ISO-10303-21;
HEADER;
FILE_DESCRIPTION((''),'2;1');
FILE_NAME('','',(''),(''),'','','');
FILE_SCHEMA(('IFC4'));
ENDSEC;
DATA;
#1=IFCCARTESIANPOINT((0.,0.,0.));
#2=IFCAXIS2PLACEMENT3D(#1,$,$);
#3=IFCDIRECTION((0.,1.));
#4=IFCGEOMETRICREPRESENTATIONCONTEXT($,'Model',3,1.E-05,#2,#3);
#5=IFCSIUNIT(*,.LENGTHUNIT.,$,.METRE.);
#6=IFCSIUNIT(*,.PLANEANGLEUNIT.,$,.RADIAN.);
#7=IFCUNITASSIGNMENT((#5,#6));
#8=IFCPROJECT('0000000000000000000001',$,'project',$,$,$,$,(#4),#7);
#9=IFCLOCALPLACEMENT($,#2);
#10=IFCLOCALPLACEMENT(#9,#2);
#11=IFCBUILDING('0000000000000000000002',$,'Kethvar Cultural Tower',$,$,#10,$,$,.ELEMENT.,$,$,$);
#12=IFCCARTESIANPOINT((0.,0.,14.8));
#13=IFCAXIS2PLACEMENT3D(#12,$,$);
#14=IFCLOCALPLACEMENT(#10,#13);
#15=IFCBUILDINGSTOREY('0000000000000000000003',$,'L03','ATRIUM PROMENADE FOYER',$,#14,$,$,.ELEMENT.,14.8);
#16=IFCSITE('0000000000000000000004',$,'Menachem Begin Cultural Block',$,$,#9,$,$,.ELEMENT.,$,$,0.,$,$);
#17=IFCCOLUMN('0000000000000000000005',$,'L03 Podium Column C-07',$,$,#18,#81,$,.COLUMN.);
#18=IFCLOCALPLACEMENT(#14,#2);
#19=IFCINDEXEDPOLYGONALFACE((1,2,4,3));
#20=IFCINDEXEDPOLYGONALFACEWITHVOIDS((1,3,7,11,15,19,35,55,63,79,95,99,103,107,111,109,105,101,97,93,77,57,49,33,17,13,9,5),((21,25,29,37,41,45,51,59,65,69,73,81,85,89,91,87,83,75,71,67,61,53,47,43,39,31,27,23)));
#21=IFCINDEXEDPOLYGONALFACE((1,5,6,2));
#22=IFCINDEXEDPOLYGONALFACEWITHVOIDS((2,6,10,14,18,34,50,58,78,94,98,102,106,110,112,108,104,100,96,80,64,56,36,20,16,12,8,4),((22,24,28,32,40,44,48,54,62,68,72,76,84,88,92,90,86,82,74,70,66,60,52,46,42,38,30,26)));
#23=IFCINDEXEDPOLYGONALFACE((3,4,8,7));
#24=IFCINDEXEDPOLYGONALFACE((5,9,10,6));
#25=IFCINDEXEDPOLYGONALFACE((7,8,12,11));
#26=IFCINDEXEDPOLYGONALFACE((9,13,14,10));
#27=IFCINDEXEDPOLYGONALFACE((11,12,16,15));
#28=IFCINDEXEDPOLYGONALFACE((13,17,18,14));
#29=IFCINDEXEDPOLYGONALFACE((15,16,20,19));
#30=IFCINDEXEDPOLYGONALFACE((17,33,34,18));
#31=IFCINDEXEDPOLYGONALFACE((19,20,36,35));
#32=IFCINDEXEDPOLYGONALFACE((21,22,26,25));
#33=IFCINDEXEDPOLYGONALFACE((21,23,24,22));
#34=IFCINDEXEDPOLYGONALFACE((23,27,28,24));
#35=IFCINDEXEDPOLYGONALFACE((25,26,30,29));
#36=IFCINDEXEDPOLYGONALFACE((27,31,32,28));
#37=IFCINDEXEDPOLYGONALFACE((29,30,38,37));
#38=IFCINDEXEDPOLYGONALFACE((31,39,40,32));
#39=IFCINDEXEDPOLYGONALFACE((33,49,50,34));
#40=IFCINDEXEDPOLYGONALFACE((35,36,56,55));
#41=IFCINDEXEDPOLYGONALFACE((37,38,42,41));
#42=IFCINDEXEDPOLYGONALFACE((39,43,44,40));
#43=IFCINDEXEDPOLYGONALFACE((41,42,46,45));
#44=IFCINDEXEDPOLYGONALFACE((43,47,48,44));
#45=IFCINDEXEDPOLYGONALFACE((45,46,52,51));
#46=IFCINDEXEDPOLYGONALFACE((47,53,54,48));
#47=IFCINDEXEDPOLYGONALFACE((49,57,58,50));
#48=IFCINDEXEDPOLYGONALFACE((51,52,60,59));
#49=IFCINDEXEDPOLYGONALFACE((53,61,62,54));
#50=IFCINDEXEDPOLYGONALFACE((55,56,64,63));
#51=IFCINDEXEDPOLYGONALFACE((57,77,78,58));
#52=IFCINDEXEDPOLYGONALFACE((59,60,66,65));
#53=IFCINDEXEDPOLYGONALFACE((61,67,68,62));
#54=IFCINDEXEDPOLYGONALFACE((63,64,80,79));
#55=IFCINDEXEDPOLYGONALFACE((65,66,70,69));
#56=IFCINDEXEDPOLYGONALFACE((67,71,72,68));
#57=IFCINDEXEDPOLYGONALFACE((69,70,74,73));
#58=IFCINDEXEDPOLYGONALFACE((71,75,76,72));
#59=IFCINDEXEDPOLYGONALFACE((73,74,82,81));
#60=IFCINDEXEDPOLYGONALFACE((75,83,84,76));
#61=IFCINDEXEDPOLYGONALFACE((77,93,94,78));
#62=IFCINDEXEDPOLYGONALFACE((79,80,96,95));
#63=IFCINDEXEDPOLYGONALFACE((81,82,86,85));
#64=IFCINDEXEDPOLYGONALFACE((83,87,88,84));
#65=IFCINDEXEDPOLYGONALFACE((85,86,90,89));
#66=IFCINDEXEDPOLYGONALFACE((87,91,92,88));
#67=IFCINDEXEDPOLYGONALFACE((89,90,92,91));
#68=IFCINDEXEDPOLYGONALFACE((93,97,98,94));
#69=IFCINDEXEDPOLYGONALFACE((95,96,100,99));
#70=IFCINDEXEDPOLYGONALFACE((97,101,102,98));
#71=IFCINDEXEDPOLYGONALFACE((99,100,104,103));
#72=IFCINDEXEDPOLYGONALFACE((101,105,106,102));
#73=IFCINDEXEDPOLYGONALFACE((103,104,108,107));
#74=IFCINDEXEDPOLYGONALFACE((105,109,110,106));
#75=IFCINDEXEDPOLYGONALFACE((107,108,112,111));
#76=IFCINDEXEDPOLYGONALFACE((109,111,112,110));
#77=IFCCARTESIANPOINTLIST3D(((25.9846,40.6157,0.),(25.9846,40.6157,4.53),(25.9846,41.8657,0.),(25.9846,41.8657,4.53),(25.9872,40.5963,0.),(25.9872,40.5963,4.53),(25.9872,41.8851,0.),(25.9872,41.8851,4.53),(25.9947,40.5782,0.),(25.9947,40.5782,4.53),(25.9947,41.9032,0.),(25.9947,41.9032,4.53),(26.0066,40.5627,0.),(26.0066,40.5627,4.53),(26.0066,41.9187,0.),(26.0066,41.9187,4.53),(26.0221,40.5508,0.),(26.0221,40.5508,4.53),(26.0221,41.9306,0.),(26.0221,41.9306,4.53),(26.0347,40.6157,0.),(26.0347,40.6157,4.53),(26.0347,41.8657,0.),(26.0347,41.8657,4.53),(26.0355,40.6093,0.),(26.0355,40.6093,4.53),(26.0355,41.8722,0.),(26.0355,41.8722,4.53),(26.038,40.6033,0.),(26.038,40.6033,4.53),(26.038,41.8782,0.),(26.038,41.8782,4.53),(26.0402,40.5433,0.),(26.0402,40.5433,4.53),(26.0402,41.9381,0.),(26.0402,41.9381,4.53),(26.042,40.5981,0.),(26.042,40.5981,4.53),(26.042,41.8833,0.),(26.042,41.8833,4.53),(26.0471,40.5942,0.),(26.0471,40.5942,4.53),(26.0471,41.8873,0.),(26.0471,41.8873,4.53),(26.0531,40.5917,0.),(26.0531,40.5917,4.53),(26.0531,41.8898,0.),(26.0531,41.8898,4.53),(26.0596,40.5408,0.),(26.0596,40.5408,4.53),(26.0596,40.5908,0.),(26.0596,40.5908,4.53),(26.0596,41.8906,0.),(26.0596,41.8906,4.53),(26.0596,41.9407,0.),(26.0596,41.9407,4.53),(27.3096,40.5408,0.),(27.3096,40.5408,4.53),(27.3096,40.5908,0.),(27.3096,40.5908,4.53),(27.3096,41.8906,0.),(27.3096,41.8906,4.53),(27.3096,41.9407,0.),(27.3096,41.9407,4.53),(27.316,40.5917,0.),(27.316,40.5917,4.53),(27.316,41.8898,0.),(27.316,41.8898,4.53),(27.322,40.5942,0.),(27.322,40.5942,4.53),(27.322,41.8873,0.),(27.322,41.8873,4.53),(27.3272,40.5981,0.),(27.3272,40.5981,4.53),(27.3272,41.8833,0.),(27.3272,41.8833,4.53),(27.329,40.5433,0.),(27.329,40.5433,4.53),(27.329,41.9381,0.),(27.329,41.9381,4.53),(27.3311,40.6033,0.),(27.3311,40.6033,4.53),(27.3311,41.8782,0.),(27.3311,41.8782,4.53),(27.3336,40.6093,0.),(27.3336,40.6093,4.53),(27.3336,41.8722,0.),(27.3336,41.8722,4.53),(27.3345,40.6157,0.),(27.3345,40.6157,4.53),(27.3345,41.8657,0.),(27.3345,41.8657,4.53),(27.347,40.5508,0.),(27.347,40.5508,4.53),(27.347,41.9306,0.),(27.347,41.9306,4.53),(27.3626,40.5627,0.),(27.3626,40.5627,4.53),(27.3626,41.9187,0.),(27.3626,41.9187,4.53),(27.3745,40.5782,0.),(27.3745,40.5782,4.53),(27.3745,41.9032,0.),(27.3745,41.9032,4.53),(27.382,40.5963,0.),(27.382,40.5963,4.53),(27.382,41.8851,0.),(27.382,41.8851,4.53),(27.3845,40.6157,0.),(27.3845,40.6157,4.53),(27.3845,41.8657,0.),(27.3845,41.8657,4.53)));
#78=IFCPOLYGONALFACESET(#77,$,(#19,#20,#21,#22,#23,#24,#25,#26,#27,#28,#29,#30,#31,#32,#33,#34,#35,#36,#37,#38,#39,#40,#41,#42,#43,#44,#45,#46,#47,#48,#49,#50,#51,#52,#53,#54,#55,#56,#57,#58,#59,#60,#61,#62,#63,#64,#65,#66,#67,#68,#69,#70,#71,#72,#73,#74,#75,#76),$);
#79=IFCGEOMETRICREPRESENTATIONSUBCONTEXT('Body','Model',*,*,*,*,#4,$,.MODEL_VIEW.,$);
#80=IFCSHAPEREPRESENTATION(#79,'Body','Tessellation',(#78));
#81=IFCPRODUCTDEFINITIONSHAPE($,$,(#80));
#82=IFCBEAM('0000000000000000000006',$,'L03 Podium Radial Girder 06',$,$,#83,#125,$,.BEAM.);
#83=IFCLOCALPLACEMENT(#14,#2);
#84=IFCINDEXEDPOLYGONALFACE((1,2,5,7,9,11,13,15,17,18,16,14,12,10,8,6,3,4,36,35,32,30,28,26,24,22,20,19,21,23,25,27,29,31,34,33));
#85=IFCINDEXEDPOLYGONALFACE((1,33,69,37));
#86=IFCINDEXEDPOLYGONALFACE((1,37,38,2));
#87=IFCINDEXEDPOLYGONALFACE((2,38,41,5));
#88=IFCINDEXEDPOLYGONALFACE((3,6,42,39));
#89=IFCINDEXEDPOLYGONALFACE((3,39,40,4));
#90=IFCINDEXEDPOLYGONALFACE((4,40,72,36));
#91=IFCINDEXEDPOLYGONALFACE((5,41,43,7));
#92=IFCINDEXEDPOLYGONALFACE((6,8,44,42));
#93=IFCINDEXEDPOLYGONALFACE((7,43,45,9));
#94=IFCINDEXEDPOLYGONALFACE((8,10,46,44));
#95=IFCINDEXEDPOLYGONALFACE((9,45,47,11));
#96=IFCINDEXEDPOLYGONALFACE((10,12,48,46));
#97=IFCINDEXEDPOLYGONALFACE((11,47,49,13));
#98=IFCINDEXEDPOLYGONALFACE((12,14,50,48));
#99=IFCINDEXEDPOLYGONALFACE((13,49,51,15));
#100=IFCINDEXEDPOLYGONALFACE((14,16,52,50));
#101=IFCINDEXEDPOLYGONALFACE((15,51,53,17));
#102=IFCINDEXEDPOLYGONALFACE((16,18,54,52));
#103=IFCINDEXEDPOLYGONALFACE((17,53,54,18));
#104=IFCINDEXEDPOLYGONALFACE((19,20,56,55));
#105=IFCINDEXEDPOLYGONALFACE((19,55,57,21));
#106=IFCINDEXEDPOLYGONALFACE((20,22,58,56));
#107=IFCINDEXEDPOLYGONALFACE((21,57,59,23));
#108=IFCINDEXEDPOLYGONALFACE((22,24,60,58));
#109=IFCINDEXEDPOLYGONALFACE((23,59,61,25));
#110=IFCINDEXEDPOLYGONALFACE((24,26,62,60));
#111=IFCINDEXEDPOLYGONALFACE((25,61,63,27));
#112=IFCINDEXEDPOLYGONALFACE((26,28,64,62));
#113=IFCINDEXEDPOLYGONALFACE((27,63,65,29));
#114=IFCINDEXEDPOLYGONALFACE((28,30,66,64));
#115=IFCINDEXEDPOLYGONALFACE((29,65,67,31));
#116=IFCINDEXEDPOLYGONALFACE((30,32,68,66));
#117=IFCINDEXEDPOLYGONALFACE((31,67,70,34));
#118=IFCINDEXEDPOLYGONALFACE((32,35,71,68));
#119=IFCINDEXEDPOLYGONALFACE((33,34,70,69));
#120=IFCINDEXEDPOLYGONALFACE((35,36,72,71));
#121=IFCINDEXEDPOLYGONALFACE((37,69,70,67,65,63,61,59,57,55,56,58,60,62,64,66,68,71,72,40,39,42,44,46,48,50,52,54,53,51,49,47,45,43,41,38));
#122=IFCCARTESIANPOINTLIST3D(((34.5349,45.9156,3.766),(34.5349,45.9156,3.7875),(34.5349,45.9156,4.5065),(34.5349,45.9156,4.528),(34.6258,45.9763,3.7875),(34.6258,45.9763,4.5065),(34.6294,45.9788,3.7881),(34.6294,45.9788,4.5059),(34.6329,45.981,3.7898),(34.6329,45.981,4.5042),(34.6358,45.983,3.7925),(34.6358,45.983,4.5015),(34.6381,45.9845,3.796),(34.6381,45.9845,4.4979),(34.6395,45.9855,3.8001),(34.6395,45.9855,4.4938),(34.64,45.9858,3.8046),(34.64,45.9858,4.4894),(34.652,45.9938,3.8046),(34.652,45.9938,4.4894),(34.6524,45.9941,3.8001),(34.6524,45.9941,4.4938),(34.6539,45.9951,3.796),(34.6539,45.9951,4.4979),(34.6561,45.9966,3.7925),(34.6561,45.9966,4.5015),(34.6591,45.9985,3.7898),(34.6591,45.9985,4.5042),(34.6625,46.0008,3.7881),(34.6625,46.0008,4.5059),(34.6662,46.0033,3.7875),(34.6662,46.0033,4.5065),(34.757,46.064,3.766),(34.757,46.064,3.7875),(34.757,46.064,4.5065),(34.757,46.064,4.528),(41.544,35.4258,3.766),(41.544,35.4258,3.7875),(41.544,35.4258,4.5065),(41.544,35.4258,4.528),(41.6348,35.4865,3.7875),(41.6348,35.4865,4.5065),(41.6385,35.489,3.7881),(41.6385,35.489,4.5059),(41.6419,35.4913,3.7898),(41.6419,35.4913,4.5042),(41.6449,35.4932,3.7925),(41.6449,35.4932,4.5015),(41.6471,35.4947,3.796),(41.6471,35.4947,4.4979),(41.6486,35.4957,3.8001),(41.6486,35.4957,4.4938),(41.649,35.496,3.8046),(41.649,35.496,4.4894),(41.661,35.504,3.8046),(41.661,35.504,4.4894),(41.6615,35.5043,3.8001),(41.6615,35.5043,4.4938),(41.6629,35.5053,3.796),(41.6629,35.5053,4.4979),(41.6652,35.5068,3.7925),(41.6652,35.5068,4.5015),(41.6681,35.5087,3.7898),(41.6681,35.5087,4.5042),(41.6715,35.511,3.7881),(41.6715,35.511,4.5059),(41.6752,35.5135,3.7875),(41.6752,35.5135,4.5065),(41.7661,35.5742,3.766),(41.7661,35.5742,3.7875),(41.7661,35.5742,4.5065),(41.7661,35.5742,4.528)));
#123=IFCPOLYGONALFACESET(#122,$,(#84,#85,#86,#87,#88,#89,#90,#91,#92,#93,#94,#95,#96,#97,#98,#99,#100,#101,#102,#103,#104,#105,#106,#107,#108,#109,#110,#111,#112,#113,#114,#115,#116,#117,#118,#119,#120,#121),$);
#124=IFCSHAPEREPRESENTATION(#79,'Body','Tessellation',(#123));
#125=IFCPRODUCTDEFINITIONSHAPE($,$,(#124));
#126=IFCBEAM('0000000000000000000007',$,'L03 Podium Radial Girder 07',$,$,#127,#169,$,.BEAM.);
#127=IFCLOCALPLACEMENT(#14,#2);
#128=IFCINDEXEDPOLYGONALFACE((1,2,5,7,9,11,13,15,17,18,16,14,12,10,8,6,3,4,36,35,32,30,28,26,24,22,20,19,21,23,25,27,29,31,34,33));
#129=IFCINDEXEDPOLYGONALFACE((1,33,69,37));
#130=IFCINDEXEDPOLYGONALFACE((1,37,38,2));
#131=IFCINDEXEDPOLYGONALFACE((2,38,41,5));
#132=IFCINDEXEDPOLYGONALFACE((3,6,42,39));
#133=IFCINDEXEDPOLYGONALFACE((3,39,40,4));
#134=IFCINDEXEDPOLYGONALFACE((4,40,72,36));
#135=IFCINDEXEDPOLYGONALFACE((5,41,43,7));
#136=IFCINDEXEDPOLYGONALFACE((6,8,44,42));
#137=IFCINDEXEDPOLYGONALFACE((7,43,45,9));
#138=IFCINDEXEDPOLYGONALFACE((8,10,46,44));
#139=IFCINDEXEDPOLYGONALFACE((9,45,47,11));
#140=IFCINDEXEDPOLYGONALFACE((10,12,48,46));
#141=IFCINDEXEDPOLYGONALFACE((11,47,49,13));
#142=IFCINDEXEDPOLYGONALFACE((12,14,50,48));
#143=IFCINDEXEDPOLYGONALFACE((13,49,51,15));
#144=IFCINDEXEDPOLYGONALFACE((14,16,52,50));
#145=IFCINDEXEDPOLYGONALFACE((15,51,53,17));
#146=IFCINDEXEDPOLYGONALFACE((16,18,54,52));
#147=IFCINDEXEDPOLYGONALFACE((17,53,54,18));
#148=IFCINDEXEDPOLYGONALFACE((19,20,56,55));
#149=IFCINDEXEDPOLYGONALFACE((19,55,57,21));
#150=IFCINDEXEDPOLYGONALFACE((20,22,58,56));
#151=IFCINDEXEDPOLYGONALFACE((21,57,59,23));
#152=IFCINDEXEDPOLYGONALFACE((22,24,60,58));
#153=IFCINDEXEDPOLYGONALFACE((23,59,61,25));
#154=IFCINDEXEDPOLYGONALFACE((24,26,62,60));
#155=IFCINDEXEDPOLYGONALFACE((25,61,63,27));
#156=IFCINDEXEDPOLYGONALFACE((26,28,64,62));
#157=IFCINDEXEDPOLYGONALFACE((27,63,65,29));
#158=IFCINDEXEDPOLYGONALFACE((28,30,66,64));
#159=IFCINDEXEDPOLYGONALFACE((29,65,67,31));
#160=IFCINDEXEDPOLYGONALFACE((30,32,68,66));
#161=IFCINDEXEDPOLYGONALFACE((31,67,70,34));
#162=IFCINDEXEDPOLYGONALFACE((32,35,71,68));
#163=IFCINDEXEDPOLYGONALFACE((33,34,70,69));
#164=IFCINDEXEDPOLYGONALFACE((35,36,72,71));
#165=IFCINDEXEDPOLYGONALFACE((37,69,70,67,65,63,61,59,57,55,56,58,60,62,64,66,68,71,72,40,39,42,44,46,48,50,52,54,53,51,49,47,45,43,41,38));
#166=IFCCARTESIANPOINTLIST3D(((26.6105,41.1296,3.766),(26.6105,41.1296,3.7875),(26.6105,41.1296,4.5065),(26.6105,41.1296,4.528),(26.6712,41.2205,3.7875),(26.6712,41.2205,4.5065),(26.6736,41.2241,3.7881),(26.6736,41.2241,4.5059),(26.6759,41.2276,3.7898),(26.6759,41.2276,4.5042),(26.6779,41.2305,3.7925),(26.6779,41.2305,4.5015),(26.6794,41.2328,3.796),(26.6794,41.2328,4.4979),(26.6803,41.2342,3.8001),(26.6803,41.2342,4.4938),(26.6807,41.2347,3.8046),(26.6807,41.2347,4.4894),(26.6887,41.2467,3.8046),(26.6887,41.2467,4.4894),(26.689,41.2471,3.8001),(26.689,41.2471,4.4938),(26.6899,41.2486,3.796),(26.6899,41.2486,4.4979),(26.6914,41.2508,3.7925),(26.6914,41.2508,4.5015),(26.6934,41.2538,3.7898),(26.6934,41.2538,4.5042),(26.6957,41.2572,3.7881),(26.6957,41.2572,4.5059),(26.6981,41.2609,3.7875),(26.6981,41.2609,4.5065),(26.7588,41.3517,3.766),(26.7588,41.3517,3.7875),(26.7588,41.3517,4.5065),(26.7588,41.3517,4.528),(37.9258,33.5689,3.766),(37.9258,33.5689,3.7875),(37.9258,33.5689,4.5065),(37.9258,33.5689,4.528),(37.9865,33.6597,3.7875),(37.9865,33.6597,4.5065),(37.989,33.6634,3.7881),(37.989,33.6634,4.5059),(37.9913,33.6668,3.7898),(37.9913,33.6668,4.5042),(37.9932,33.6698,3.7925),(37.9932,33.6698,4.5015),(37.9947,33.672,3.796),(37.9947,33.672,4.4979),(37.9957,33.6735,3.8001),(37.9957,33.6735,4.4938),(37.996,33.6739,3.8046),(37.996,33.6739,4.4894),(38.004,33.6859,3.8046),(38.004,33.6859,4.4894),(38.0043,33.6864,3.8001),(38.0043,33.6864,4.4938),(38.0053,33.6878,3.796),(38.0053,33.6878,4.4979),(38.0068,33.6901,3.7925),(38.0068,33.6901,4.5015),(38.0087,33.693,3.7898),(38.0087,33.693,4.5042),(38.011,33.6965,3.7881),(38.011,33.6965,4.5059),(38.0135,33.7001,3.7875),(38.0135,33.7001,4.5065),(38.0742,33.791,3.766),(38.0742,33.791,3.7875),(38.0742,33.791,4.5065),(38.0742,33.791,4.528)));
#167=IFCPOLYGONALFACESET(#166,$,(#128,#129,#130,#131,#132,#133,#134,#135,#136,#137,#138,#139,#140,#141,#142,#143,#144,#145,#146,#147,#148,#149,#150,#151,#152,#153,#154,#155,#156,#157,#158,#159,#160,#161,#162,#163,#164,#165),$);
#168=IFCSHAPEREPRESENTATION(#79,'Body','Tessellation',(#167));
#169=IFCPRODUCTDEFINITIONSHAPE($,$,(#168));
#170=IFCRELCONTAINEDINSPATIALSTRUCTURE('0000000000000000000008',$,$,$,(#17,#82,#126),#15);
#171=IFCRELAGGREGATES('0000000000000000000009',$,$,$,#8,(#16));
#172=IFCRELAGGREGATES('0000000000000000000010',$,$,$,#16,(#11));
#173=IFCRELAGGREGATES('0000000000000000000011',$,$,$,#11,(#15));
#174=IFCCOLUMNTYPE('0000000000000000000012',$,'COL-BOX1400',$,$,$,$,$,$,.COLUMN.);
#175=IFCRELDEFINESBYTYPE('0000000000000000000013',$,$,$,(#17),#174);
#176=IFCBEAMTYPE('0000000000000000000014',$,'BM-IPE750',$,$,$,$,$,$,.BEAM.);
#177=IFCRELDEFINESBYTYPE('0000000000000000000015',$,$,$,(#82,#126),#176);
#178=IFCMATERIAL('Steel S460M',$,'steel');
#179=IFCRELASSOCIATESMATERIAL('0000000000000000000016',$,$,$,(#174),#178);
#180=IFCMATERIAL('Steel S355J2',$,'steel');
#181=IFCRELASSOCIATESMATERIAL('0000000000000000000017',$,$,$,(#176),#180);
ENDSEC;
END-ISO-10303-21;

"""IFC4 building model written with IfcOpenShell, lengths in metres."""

from ifc_helpers import new_model, si_unit, direction, frame, origin, origin_2d, place, context, subcontext, project, spatial, hollow_rectangle, i_section, extrude, source, transform, mapped, material, material_profile, profile_set, type_object, element, save


model = new_model("IFC4")

# Units and contexts
model_context = context("Model", 3, precision=1e-05, world=origin(), true_north=direction((0.0, 1.0)))
body_context = subcontext(model_context, "Body", "Model", "MODEL_VIEW")
ifc_project = project(units=[si_unit("LENGTHUNIT", "METRE"), si_unit("PLANEANGLEUNIT", "RADIAN")], contexts=[model_context])

# Site, building, storey
site_placement = place(None, origin())
site = spatial("IfcSite", under=ifc_project, at=site_placement, Name="Menachem Begin Cultural Block", CompositionType="ELEMENT", RefElevation=0.0)
building_placement = place(site_placement, origin())
building = spatial("IfcBuilding", under=site, at=building_placement, Name="Kethvar Cultural Tower", CompositionType="ELEMENT")
storey_placement = place(building_placement, frame((0.0, 0.0, 14.8)))
storey = spatial("IfcBuildingStorey", under=building, at=storey_placement, Name="L03", Description="ATRIUM PROMENADE FOYER", CompositionType="ELEMENT", Elevation=14.8)

# Column
ifc_material_1 = material(Name="Steel S460M", Category="steel")
ifc_material_profile_1 = material_profile(ifc_material_1, hollow_rectangle(XDim=1.3999, YDim=1.3999, WallThickness=0.05, InnerFilletRadius=0.0249, OuterFilletRadius=0.075, at=origin_2d()), Name="Steel S460M — BOX1400x1400x50")
ifc_profile_set_1 = profile_set([ifc_material_profile_1], Name="Steel S460M — BOX1400x1400x50")
column_type = type_object("IfcColumnType", Name="COL-BOX1400", PredefinedType="COLUMN", material=ifc_profile_set_1)
shared_shape_1 = source(origin(), body_context, "Body", "SweptSolid", [
    extrude(hollow_rectangle(XDim=1.3999, YDim=1.3999, WallThickness=0.05, InnerFilletRadius=0.0249, OuterFilletRadius=0.075, at=origin_2d()), origin(), (0.0, 0.0, 1.0), 4.53),
])
column_placement = place(storey_placement, frame((26.6846, 41.2407, 0.0), z_axis=(0.0, 0.0, 1.0), x_axis=(1.0, 0.0, 0.0)))
element("IfcColumn", 1, at=column_placement, inside=storey, type_object=column_type, Name="L03 Podium Column C-07", PredefinedType="COLUMN", context=body_context, shape_type="MappedRepresentation", body=[
    mapped(shared_shape_1, transform((0.0, 0.0, 0.0), scale=1.0)),
])

# Beams
ifc_material_2 = material(Name="Steel S355J2", Category="steel")
ifc_material_profile_2 = material_profile(ifc_material_2, i_section(OverallWidth=0.2671, OverallDepth=0.762, WebThickness=0.0144, FlangeThickness=0.0215, FilletRadius=0.0171, at=origin_2d()), Name="Steel S355J2 — IPE750x173")
ifc_profile_set_2 = profile_set([ifc_material_profile_2], Name="Steel S355J2 — IPE750x173")
beam_type = type_object("IfcBeamType", Name="BM-IPE750", PredefinedType="BEAM", material=ifc_profile_set_2)
shared_shape_2 = source(origin(), body_context, "Body", "SweptSolid", [
    extrude(i_section(OverallWidth=0.2671, OverallDepth=0.762, WebThickness=0.0144, FlangeThickness=0.0215, FilletRadius=0.0171, at=origin_2d()), origin(), (0.0, 0.0, 1.0), 12.616),
])
beam_1_placement = place(storey_placement, frame((41.655, 35.5, 4.147), z_axis=(-0.555571, 0.831469, 0.0), x_axis=(-0.831469, -0.555571, 0.0)))
element("IfcBeam", 2, at=beam_1_placement, inside=storey, type_object=beam_type, Name="L03 Podium Radial Girder 06", PredefinedType="BEAM", context=body_context, shape_type="MappedRepresentation", body=[
    mapped(shared_shape_2, transform((0.0, 0.0, 0.0), scale=1.0)),
])
shared_shape_3 = source(origin(), body_context, "Body", "SweptSolid", [
    extrude(i_section(OverallWidth=0.2671, OverallDepth=0.762, WebThickness=0.0144, FlangeThickness=0.0215, FilletRadius=0.0171, at=origin_2d()), origin(), (0.0, 0.0, 1.0), 13.6089),
])
beam_2_placement = place(storey_placement, frame((38.0, 33.6799, 4.147), z_axis=(-0.831467, 0.555573, 0.0), x_axis=(-0.555573, -0.831467, 0.0)))
element("IfcBeam", 3, at=beam_2_placement, inside=storey, type_object=beam_type, Name="L03 Podium Radial Girder 07", PredefinedType="BEAM", context=body_context, shape_type="MappedRepresentation", body=[
    mapped(shared_shape_3, transform((0.0, 0.0, 0.0), scale=1.0)),
])

save(model, "model.ifc")
